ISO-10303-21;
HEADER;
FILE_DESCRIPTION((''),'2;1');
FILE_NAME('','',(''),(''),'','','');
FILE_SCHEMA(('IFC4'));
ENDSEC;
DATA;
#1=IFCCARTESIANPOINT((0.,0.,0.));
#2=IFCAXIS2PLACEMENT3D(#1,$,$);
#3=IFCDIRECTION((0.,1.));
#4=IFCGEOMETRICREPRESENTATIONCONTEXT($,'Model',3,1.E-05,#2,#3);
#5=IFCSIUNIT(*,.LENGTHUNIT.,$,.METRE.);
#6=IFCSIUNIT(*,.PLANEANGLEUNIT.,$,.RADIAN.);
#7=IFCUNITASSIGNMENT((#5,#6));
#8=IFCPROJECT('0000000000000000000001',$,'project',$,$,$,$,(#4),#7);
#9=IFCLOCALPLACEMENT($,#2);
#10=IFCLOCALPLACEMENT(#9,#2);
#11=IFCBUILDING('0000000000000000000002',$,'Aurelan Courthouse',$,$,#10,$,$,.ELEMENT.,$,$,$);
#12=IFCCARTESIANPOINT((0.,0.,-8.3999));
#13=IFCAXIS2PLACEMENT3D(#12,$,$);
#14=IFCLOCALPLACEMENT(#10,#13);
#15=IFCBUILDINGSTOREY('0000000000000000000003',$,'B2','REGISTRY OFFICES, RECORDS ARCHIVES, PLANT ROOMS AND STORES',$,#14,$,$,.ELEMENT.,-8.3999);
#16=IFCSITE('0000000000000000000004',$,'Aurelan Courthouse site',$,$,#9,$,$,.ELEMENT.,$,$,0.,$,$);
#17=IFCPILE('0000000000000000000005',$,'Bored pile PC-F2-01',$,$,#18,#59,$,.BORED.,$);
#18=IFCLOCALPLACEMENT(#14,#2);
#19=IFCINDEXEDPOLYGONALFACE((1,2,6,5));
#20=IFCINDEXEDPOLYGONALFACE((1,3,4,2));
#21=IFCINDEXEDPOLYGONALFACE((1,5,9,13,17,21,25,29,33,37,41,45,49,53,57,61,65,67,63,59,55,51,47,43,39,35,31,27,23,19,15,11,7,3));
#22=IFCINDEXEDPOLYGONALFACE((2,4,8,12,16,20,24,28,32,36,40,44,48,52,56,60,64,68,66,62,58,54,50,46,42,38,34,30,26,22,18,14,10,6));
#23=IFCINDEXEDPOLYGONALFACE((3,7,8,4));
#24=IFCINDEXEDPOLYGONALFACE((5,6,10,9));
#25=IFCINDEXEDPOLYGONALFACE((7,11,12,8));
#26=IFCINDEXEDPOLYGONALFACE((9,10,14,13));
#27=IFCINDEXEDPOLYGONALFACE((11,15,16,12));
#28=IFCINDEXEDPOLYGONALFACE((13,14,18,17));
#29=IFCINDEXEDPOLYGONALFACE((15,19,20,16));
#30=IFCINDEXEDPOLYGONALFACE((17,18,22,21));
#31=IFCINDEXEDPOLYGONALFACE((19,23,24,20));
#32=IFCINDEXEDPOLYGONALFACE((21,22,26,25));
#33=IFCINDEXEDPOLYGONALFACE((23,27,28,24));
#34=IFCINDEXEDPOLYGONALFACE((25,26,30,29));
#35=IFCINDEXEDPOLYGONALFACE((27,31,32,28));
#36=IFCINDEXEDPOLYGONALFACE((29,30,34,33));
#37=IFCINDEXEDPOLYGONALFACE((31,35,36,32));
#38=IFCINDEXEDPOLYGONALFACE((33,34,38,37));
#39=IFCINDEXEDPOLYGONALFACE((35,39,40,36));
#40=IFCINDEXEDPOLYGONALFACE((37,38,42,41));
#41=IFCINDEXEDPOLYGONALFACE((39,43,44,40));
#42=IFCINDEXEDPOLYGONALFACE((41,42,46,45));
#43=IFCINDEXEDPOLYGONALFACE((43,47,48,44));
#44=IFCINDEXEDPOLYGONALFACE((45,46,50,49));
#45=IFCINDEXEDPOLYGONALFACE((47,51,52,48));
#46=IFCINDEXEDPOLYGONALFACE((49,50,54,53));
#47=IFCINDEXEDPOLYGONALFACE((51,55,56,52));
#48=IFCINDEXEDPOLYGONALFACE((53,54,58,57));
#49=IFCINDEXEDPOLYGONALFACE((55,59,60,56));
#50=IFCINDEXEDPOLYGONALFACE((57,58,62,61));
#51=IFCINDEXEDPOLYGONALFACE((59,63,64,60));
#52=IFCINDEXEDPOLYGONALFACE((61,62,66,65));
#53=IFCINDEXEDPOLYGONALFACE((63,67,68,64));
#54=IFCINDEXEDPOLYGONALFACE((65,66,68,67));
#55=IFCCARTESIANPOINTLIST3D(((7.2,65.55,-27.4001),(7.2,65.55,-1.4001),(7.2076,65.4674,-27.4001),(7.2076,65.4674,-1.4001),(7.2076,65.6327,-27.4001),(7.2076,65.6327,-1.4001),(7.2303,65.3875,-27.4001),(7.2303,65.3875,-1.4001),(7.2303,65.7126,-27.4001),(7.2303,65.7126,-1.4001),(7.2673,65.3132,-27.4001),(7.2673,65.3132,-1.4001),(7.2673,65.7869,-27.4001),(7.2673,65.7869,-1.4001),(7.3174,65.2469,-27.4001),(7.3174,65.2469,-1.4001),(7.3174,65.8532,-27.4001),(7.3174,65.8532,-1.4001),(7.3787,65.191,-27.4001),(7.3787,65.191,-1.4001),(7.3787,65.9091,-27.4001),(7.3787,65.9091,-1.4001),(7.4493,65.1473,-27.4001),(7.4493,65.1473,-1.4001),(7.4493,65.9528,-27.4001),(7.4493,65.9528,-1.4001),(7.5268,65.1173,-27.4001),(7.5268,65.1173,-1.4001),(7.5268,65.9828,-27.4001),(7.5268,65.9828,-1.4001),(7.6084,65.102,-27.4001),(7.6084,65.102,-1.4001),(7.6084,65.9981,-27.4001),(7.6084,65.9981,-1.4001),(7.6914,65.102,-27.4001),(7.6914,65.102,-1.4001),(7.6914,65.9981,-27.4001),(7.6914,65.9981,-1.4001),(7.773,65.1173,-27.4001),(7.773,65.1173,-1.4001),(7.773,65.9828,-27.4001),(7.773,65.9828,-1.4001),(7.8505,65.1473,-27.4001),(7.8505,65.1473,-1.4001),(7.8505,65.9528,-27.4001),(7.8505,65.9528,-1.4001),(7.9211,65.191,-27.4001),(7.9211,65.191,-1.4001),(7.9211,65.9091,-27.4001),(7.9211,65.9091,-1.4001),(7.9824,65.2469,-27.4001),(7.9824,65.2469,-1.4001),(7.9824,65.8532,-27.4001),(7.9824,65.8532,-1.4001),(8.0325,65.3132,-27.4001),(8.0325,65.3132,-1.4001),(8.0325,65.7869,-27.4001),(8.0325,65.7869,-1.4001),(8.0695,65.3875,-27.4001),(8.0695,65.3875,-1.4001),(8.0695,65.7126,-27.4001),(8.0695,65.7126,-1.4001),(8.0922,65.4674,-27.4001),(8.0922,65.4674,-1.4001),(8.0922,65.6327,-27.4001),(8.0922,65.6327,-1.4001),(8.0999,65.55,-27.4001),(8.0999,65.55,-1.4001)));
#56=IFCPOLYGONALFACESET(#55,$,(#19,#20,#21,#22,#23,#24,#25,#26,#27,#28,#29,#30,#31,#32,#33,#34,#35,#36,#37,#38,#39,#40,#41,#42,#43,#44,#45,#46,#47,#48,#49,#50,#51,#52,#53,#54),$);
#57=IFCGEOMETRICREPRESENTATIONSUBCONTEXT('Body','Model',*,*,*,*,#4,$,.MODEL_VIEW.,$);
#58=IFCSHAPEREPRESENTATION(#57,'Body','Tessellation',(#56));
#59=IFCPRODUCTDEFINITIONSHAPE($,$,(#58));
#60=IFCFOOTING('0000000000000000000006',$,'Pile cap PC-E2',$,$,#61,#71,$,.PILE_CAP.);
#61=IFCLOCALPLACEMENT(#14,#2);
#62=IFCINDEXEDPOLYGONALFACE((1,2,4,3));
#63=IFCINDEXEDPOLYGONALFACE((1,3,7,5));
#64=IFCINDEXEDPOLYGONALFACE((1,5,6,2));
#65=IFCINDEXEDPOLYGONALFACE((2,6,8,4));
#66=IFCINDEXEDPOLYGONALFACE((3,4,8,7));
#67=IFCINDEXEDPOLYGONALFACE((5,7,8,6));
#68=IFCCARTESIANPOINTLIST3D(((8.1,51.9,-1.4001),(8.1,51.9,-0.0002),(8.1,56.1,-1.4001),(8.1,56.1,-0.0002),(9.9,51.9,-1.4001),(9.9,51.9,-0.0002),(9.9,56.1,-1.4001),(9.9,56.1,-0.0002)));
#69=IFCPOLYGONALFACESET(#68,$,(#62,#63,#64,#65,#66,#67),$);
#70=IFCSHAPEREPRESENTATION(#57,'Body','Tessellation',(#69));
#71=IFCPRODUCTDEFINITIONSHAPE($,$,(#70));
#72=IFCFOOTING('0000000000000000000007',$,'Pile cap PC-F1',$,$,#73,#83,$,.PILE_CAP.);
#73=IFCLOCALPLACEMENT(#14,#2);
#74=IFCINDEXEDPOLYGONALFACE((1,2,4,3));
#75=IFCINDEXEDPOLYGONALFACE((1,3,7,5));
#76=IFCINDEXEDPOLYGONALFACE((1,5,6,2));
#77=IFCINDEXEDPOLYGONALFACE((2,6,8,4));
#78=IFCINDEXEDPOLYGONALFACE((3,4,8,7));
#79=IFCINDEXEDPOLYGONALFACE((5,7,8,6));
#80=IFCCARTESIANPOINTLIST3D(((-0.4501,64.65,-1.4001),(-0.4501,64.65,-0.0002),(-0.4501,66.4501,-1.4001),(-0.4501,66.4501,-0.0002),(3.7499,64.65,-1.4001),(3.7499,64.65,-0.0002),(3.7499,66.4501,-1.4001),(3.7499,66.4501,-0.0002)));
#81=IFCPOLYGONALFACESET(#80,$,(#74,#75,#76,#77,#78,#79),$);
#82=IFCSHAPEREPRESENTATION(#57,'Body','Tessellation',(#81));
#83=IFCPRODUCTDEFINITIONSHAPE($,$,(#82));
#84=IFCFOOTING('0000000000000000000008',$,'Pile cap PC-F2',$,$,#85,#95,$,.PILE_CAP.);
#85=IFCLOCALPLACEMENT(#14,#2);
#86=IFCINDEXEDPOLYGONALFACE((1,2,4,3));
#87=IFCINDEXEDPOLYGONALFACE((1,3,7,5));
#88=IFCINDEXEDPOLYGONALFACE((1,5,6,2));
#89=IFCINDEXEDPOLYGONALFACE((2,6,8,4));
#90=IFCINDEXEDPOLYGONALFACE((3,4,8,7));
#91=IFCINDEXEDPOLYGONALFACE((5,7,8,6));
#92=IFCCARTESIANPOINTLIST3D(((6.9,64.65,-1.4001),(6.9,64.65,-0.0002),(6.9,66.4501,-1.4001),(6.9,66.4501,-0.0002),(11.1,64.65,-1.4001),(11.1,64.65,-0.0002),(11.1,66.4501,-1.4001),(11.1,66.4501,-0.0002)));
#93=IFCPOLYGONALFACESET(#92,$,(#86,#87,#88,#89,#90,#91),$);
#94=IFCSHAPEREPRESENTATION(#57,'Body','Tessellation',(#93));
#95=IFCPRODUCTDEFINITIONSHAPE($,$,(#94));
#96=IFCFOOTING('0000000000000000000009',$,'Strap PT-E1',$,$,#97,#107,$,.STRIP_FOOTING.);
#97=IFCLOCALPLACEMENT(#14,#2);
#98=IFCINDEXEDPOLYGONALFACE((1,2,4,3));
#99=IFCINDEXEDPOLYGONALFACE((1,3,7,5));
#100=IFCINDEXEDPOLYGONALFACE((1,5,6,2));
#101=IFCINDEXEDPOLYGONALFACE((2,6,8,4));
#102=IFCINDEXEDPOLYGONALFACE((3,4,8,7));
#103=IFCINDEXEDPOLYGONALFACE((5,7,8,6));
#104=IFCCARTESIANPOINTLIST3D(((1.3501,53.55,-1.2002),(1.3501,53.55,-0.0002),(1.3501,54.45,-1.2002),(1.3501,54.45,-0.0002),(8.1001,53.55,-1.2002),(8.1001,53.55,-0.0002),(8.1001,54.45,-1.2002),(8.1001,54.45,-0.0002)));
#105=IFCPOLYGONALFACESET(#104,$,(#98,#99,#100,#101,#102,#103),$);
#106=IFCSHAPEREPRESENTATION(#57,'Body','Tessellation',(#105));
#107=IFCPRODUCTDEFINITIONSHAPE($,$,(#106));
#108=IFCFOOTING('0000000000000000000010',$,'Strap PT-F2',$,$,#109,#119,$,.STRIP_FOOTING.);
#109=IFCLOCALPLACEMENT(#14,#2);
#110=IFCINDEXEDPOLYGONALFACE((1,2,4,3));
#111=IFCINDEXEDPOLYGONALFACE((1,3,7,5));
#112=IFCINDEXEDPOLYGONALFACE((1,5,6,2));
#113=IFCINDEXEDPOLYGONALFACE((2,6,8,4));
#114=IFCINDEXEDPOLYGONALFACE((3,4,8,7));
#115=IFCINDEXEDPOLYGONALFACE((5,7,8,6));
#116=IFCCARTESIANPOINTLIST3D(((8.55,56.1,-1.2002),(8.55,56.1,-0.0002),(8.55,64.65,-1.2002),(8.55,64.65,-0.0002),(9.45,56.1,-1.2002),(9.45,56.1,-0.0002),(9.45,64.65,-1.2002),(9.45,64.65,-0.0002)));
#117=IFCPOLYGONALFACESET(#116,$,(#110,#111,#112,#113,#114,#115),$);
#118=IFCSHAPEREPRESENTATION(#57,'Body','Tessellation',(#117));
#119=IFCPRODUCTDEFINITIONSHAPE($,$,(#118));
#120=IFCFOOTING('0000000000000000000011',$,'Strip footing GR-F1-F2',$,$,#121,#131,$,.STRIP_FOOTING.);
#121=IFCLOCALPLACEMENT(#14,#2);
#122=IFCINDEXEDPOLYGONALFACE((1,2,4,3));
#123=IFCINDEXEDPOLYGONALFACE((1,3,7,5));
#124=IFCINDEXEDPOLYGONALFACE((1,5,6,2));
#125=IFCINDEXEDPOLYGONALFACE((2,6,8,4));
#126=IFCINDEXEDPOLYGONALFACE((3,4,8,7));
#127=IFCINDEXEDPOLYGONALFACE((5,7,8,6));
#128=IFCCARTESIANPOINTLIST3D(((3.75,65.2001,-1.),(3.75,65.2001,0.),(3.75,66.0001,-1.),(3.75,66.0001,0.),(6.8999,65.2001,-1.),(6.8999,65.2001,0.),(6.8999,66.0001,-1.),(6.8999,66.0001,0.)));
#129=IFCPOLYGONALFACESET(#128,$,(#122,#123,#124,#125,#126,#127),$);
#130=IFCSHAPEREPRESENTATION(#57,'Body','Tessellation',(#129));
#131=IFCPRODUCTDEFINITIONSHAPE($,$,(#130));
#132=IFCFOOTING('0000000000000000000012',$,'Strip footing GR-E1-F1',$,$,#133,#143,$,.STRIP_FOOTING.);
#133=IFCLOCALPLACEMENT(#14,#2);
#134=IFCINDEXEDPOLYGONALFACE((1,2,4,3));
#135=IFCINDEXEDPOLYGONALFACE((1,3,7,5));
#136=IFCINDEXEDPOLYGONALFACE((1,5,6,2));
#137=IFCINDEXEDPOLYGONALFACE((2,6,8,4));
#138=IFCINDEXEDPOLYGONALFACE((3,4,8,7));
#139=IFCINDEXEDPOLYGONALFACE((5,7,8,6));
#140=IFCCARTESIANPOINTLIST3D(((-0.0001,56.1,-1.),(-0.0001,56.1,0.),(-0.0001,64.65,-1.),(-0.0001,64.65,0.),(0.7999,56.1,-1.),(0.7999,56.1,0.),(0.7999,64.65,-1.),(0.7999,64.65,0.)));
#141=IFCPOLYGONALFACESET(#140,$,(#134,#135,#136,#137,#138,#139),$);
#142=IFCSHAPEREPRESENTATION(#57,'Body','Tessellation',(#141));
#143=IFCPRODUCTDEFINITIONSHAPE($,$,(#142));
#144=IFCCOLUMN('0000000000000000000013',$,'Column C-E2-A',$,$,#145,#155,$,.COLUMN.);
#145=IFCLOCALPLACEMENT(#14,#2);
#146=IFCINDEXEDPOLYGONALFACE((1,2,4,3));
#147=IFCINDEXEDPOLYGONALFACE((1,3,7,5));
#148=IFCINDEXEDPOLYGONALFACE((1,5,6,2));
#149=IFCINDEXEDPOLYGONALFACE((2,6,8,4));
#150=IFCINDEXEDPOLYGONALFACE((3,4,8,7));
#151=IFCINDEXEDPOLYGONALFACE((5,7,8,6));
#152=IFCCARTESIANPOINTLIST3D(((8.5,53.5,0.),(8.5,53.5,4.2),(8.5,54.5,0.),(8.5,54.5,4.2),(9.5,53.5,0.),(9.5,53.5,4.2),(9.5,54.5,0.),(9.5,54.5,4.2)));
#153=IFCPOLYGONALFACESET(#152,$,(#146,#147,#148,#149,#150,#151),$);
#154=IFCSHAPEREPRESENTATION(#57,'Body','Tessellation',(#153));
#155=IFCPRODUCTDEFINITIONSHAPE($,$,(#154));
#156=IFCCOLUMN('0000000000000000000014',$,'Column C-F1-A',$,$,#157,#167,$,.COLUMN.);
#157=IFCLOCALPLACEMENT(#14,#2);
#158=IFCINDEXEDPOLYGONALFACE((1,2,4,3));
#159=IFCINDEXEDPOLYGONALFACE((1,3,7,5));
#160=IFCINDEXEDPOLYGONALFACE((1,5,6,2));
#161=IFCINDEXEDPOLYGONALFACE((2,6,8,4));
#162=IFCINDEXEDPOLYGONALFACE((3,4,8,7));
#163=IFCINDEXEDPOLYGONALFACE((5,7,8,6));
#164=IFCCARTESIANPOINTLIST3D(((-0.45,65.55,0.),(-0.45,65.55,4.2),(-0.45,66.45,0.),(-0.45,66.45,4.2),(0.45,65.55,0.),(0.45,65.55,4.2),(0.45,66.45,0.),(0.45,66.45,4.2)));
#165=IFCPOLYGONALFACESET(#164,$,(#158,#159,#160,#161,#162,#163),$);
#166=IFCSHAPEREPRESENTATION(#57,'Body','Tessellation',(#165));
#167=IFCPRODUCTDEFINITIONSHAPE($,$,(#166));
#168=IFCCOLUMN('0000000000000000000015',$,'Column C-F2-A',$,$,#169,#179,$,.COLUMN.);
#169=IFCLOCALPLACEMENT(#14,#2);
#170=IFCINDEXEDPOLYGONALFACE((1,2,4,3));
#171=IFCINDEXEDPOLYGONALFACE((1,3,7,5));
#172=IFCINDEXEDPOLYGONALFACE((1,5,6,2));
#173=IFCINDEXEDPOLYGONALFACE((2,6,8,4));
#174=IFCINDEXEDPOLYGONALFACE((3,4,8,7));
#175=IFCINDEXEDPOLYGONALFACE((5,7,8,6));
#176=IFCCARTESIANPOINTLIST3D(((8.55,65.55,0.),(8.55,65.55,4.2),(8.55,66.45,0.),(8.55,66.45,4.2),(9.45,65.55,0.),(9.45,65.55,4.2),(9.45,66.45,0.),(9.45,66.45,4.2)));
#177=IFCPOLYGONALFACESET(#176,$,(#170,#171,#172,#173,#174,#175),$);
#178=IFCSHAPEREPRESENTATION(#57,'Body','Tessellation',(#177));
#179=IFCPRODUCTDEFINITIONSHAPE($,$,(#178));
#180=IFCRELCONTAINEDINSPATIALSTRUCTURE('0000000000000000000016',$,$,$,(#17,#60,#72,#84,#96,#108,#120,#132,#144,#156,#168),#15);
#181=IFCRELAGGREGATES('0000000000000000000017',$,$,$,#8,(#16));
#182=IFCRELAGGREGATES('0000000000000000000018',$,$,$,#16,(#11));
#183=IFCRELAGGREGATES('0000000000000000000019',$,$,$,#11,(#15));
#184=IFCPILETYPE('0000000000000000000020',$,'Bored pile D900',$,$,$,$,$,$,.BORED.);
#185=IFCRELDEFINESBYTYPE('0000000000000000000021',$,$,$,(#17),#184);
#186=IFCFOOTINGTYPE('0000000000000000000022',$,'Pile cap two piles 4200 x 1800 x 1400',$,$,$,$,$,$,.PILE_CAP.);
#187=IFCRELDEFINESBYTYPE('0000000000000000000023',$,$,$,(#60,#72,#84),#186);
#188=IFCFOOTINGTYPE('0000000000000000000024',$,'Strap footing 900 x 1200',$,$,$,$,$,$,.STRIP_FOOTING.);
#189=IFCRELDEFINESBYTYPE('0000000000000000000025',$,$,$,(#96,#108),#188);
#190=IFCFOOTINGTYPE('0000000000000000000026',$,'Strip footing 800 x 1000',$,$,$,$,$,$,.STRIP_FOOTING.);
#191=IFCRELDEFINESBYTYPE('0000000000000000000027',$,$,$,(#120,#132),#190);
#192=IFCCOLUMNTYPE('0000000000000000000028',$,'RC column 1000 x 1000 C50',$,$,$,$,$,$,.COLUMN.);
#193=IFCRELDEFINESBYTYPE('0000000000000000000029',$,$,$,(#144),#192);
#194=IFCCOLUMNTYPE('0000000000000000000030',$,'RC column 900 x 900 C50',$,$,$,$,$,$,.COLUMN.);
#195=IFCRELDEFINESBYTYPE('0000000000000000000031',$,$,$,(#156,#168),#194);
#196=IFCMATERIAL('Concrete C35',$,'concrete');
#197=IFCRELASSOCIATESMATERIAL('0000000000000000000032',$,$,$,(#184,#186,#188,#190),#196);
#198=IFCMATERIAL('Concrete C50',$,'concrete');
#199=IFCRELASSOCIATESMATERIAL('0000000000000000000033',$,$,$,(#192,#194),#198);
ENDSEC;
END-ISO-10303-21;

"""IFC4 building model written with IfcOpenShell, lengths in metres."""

from ifc_helpers import new_model, si_unit, direction, frame, origin, origin_2d, place, context, subcontext, project, spatial, rectangle, circle, extrude, material, material_profile, profile_set, type_object, element, save


model = new_model("IFC4")

# Units and contexts
model_context = context("Model", 3, precision=1e-05, world=origin(), true_north=direction((0.0, 1.0)))
body_context = subcontext(model_context, "Body", "Model", "MODEL_VIEW")
ifc_project = project(units=[si_unit("LENGTHUNIT", "METRE"), si_unit("PLANEANGLEUNIT", "RADIAN")], contexts=[model_context])

# Site, building, storey
site_placement = place(None, origin())
site = spatial("IfcSite", under=ifc_project, at=site_placement, Name="Aurelan Courthouse site", CompositionType="ELEMENT", RefElevation=0.0)
building_placement = place(site_placement, origin())
building = spatial("IfcBuilding", under=site, at=building_placement, Name="Aurelan Courthouse", CompositionType="ELEMENT")
storey_placement = place(building_placement, frame((0.0, 0.0, -8.3999)))
storey = spatial("IfcBuildingStorey", under=building, at=storey_placement, Name="B2", Description="REGISTRY OFFICES, RECORDS ARCHIVES, PLANT ROOMS AND STORES", CompositionType="ELEMENT", Elevation=-8.3999)

# Pile
ifc_material_1 = material(Name="Concrete C35", Category="concrete")
ifc_material_profile_1 = material_profile(ifc_material_1, circle(Radius=0.45, at=origin_2d()), Name="D900")
ifc_profile_set_1 = profile_set([ifc_material_profile_1], Name="Concrete C35")
pile_type = type_object("IfcPileType", Name="Bored pile D900", PredefinedType="BORED", material=ifc_profile_set_1)
for number, where, z_axis, x_axis, name in (
    (1, (7.6499, 65.55, -1.4001), (0.0, 0.0, -1.0), (1.0, 0.0, 0.0), "Bored pile PC-F2-01"),
):
    element("IfcPile", number, at=place(storey_placement, frame(where, z_axis=z_axis, x_axis=x_axis)), inside=storey, type_object=pile_type, Name=name, PredefinedType="BORED", context=body_context, shape_type="SweptSolid", body=[
        extrude(circle(Radius=0.45, at=origin_2d()), origin(), (0.0, 0.0, 1.0), 26.0),
    ])

# Footings
footing_type_1 = type_object("IfcFootingType", Name="Pile cap two piles 4200 x 1800 x 1400", PredefinedType="PILE_CAP", material=ifc_material_1)
for number, where, z_axis, x_axis, name in (
    (2, (9.0, 54.0, -1.4001), (0.0, 0.0, 1.0), (0.0, 1.0, 0.0), "Pile cap PC-E2"),
    (3, (1.6499, 65.55, -1.4001), (0.0, 0.0, 1.0), (1.0, 0.0, 0.0), "Pile cap PC-F1"),
    (4, (9.0, 65.55, -1.4001), (0.0, 0.0, 1.0), (1.0, 0.0, 0.0), "Pile cap PC-F2"),
):
    element("IfcFooting", number, at=place(storey_placement, frame(where, z_axis=z_axis, x_axis=x_axis)), inside=storey, type_object=footing_type_1, Name=name, PredefinedType="PILE_CAP", context=body_context, shape_type="SweptSolid", body=[
        extrude(rectangle(XDim=4.2, YDim=1.8, at=origin_2d()), origin(), (0.0, 0.0, 1.0), 1.3999),
    ])
footing_type_2 = type_object("IfcFootingType", Name="Strap footing 900 x 1200", PredefinedType="STRIP_FOOTING", material=ifc_material_1)
footing_1_placement = place(storey_placement, frame((4.7251, 54.0, -1.2002), z_axis=(0.0, 0.0, 1.0), x_axis=(1.0, 0.0, 0.0)))
element("IfcFooting", 5, at=footing_1_placement, inside=storey, type_object=footing_type_2, Name="Strap PT-E1", PredefinedType="STRIP_FOOTING", context=body_context, shape_type="SweptSolid", body=[
    extrude(rectangle(XDim=6.75, YDim=0.8999, at=origin_2d()), origin(), (0.0, 0.0, 1.0), 1.2),
])
footing_2_placement = place(storey_placement, frame((9.0, 60.375, -1.2002), z_axis=(0.0, 0.0, 1.0), x_axis=(1.0, 0.0, 0.0)))
element("IfcFooting", 6, at=footing_2_placement, inside=storey, type_object=footing_type_2, Name="Strap PT-F2", PredefinedType="STRIP_FOOTING", context=body_context, shape_type="SweptSolid", body=[
    extrude(rectangle(XDim=0.8999, YDim=8.55, at=origin_2d()), origin(), (0.0, 0.0, 1.0), 1.2),
])
footing_type_3 = type_object("IfcFootingType", Name="Strip footing 800 x 1000", PredefinedType="STRIP_FOOTING", material=ifc_material_1)
footing_3_placement = place(storey_placement, frame((5.325, 65.6001, -1.0), z_axis=(0.0, 0.0, 1.0), x_axis=(1.0, 0.0, 0.0)))
element("IfcFooting", 7, at=footing_3_placement, inside=storey, type_object=footing_type_3, Name="Strip footing GR-F1-F2", PredefinedType="STRIP_FOOTING", context=body_context, shape_type="SweptSolid", body=[
    extrude(rectangle(XDim=3.1499, YDim=0.8, at=origin_2d()), origin(), (0.0, 0.0, 1.0), 1.0),
])
footing_4_placement = place(storey_placement, frame((0.3999, 60.375, -1.0), z_axis=(0.0, 0.0, 1.0), x_axis=(1.0, 0.0, 0.0)))
element("IfcFooting", 8, at=footing_4_placement, inside=storey, type_object=footing_type_3, Name="Strip footing GR-E1-F1", PredefinedType="STRIP_FOOTING", context=body_context, shape_type="SweptSolid", body=[
    extrude(rectangle(XDim=0.8, YDim=8.55, at=origin_2d()), origin(), (0.0, 0.0, 1.0), 1.0),
])

# Columns
ifc_material_2 = material(Name="Concrete C50", Category="concrete")
ifc_material_profile_2 = material_profile(ifc_material_2, rectangle(XDim=1.0, YDim=1.0, at=origin_2d()), Name="RC 1000 x 1000")
ifc_profile_set_2 = profile_set([ifc_material_profile_2], Name="Concrete C50")
column_type_1 = type_object("IfcColumnType", Name="RC column 1000 x 1000 C50", PredefinedType="COLUMN", material=ifc_profile_set_2)
column_placement = place(storey_placement, frame((9.0, 54.0, 0.0), z_axis=(0.0, 0.0, 1.0), x_axis=(1.0, 0.0, 0.0)))
element("IfcColumn", 9, at=column_placement, inside=storey, type_object=column_type_1, Name="Column C-E2-A", PredefinedType="COLUMN", context=body_context, shape_type="SweptSolid", body=[
    extrude(rectangle(XDim=1.0, YDim=1.0, at=origin_2d()), origin(), (0.0, 0.0, 1.0), 4.2),
])
ifc_material_profile_3 = material_profile(ifc_material_2, rectangle(XDim=0.8999, YDim=0.8999, at=origin_2d()), Name="RC 900 x 900")
ifc_profile_set_3 = profile_set([ifc_material_profile_3], Name="Concrete C50")
column_type_2 = type_object("IfcColumnType", Name="RC column 900 x 900 C50", PredefinedType="COLUMN", material=ifc_profile_set_3)
for number, where, z_axis, x_axis, name in (
    (10, (0.0, 66.0, 0.0), (0.0, 0.0, 1.0), (1.0, 0.0, 0.0), "Column C-F1-A"),
    (11, (9.0, 66.0, 0.0), (0.0, 0.0, 1.0), (1.0, 0.0, 0.0), "Column C-F2-A"),
):
    element("IfcColumn", number, at=place(storey_placement, frame(where, z_axis=z_axis, x_axis=x_axis)), inside=storey, type_object=column_type_2, Name=name, PredefinedType="COLUMN", context=body_context, shape_type="SweptSolid", body=[
        extrude(rectangle(XDim=0.8999, YDim=0.8999, at=origin_2d()), origin(), (0.0, 0.0, 1.0), 4.2),
    ])

save(model, "model.ifc")
